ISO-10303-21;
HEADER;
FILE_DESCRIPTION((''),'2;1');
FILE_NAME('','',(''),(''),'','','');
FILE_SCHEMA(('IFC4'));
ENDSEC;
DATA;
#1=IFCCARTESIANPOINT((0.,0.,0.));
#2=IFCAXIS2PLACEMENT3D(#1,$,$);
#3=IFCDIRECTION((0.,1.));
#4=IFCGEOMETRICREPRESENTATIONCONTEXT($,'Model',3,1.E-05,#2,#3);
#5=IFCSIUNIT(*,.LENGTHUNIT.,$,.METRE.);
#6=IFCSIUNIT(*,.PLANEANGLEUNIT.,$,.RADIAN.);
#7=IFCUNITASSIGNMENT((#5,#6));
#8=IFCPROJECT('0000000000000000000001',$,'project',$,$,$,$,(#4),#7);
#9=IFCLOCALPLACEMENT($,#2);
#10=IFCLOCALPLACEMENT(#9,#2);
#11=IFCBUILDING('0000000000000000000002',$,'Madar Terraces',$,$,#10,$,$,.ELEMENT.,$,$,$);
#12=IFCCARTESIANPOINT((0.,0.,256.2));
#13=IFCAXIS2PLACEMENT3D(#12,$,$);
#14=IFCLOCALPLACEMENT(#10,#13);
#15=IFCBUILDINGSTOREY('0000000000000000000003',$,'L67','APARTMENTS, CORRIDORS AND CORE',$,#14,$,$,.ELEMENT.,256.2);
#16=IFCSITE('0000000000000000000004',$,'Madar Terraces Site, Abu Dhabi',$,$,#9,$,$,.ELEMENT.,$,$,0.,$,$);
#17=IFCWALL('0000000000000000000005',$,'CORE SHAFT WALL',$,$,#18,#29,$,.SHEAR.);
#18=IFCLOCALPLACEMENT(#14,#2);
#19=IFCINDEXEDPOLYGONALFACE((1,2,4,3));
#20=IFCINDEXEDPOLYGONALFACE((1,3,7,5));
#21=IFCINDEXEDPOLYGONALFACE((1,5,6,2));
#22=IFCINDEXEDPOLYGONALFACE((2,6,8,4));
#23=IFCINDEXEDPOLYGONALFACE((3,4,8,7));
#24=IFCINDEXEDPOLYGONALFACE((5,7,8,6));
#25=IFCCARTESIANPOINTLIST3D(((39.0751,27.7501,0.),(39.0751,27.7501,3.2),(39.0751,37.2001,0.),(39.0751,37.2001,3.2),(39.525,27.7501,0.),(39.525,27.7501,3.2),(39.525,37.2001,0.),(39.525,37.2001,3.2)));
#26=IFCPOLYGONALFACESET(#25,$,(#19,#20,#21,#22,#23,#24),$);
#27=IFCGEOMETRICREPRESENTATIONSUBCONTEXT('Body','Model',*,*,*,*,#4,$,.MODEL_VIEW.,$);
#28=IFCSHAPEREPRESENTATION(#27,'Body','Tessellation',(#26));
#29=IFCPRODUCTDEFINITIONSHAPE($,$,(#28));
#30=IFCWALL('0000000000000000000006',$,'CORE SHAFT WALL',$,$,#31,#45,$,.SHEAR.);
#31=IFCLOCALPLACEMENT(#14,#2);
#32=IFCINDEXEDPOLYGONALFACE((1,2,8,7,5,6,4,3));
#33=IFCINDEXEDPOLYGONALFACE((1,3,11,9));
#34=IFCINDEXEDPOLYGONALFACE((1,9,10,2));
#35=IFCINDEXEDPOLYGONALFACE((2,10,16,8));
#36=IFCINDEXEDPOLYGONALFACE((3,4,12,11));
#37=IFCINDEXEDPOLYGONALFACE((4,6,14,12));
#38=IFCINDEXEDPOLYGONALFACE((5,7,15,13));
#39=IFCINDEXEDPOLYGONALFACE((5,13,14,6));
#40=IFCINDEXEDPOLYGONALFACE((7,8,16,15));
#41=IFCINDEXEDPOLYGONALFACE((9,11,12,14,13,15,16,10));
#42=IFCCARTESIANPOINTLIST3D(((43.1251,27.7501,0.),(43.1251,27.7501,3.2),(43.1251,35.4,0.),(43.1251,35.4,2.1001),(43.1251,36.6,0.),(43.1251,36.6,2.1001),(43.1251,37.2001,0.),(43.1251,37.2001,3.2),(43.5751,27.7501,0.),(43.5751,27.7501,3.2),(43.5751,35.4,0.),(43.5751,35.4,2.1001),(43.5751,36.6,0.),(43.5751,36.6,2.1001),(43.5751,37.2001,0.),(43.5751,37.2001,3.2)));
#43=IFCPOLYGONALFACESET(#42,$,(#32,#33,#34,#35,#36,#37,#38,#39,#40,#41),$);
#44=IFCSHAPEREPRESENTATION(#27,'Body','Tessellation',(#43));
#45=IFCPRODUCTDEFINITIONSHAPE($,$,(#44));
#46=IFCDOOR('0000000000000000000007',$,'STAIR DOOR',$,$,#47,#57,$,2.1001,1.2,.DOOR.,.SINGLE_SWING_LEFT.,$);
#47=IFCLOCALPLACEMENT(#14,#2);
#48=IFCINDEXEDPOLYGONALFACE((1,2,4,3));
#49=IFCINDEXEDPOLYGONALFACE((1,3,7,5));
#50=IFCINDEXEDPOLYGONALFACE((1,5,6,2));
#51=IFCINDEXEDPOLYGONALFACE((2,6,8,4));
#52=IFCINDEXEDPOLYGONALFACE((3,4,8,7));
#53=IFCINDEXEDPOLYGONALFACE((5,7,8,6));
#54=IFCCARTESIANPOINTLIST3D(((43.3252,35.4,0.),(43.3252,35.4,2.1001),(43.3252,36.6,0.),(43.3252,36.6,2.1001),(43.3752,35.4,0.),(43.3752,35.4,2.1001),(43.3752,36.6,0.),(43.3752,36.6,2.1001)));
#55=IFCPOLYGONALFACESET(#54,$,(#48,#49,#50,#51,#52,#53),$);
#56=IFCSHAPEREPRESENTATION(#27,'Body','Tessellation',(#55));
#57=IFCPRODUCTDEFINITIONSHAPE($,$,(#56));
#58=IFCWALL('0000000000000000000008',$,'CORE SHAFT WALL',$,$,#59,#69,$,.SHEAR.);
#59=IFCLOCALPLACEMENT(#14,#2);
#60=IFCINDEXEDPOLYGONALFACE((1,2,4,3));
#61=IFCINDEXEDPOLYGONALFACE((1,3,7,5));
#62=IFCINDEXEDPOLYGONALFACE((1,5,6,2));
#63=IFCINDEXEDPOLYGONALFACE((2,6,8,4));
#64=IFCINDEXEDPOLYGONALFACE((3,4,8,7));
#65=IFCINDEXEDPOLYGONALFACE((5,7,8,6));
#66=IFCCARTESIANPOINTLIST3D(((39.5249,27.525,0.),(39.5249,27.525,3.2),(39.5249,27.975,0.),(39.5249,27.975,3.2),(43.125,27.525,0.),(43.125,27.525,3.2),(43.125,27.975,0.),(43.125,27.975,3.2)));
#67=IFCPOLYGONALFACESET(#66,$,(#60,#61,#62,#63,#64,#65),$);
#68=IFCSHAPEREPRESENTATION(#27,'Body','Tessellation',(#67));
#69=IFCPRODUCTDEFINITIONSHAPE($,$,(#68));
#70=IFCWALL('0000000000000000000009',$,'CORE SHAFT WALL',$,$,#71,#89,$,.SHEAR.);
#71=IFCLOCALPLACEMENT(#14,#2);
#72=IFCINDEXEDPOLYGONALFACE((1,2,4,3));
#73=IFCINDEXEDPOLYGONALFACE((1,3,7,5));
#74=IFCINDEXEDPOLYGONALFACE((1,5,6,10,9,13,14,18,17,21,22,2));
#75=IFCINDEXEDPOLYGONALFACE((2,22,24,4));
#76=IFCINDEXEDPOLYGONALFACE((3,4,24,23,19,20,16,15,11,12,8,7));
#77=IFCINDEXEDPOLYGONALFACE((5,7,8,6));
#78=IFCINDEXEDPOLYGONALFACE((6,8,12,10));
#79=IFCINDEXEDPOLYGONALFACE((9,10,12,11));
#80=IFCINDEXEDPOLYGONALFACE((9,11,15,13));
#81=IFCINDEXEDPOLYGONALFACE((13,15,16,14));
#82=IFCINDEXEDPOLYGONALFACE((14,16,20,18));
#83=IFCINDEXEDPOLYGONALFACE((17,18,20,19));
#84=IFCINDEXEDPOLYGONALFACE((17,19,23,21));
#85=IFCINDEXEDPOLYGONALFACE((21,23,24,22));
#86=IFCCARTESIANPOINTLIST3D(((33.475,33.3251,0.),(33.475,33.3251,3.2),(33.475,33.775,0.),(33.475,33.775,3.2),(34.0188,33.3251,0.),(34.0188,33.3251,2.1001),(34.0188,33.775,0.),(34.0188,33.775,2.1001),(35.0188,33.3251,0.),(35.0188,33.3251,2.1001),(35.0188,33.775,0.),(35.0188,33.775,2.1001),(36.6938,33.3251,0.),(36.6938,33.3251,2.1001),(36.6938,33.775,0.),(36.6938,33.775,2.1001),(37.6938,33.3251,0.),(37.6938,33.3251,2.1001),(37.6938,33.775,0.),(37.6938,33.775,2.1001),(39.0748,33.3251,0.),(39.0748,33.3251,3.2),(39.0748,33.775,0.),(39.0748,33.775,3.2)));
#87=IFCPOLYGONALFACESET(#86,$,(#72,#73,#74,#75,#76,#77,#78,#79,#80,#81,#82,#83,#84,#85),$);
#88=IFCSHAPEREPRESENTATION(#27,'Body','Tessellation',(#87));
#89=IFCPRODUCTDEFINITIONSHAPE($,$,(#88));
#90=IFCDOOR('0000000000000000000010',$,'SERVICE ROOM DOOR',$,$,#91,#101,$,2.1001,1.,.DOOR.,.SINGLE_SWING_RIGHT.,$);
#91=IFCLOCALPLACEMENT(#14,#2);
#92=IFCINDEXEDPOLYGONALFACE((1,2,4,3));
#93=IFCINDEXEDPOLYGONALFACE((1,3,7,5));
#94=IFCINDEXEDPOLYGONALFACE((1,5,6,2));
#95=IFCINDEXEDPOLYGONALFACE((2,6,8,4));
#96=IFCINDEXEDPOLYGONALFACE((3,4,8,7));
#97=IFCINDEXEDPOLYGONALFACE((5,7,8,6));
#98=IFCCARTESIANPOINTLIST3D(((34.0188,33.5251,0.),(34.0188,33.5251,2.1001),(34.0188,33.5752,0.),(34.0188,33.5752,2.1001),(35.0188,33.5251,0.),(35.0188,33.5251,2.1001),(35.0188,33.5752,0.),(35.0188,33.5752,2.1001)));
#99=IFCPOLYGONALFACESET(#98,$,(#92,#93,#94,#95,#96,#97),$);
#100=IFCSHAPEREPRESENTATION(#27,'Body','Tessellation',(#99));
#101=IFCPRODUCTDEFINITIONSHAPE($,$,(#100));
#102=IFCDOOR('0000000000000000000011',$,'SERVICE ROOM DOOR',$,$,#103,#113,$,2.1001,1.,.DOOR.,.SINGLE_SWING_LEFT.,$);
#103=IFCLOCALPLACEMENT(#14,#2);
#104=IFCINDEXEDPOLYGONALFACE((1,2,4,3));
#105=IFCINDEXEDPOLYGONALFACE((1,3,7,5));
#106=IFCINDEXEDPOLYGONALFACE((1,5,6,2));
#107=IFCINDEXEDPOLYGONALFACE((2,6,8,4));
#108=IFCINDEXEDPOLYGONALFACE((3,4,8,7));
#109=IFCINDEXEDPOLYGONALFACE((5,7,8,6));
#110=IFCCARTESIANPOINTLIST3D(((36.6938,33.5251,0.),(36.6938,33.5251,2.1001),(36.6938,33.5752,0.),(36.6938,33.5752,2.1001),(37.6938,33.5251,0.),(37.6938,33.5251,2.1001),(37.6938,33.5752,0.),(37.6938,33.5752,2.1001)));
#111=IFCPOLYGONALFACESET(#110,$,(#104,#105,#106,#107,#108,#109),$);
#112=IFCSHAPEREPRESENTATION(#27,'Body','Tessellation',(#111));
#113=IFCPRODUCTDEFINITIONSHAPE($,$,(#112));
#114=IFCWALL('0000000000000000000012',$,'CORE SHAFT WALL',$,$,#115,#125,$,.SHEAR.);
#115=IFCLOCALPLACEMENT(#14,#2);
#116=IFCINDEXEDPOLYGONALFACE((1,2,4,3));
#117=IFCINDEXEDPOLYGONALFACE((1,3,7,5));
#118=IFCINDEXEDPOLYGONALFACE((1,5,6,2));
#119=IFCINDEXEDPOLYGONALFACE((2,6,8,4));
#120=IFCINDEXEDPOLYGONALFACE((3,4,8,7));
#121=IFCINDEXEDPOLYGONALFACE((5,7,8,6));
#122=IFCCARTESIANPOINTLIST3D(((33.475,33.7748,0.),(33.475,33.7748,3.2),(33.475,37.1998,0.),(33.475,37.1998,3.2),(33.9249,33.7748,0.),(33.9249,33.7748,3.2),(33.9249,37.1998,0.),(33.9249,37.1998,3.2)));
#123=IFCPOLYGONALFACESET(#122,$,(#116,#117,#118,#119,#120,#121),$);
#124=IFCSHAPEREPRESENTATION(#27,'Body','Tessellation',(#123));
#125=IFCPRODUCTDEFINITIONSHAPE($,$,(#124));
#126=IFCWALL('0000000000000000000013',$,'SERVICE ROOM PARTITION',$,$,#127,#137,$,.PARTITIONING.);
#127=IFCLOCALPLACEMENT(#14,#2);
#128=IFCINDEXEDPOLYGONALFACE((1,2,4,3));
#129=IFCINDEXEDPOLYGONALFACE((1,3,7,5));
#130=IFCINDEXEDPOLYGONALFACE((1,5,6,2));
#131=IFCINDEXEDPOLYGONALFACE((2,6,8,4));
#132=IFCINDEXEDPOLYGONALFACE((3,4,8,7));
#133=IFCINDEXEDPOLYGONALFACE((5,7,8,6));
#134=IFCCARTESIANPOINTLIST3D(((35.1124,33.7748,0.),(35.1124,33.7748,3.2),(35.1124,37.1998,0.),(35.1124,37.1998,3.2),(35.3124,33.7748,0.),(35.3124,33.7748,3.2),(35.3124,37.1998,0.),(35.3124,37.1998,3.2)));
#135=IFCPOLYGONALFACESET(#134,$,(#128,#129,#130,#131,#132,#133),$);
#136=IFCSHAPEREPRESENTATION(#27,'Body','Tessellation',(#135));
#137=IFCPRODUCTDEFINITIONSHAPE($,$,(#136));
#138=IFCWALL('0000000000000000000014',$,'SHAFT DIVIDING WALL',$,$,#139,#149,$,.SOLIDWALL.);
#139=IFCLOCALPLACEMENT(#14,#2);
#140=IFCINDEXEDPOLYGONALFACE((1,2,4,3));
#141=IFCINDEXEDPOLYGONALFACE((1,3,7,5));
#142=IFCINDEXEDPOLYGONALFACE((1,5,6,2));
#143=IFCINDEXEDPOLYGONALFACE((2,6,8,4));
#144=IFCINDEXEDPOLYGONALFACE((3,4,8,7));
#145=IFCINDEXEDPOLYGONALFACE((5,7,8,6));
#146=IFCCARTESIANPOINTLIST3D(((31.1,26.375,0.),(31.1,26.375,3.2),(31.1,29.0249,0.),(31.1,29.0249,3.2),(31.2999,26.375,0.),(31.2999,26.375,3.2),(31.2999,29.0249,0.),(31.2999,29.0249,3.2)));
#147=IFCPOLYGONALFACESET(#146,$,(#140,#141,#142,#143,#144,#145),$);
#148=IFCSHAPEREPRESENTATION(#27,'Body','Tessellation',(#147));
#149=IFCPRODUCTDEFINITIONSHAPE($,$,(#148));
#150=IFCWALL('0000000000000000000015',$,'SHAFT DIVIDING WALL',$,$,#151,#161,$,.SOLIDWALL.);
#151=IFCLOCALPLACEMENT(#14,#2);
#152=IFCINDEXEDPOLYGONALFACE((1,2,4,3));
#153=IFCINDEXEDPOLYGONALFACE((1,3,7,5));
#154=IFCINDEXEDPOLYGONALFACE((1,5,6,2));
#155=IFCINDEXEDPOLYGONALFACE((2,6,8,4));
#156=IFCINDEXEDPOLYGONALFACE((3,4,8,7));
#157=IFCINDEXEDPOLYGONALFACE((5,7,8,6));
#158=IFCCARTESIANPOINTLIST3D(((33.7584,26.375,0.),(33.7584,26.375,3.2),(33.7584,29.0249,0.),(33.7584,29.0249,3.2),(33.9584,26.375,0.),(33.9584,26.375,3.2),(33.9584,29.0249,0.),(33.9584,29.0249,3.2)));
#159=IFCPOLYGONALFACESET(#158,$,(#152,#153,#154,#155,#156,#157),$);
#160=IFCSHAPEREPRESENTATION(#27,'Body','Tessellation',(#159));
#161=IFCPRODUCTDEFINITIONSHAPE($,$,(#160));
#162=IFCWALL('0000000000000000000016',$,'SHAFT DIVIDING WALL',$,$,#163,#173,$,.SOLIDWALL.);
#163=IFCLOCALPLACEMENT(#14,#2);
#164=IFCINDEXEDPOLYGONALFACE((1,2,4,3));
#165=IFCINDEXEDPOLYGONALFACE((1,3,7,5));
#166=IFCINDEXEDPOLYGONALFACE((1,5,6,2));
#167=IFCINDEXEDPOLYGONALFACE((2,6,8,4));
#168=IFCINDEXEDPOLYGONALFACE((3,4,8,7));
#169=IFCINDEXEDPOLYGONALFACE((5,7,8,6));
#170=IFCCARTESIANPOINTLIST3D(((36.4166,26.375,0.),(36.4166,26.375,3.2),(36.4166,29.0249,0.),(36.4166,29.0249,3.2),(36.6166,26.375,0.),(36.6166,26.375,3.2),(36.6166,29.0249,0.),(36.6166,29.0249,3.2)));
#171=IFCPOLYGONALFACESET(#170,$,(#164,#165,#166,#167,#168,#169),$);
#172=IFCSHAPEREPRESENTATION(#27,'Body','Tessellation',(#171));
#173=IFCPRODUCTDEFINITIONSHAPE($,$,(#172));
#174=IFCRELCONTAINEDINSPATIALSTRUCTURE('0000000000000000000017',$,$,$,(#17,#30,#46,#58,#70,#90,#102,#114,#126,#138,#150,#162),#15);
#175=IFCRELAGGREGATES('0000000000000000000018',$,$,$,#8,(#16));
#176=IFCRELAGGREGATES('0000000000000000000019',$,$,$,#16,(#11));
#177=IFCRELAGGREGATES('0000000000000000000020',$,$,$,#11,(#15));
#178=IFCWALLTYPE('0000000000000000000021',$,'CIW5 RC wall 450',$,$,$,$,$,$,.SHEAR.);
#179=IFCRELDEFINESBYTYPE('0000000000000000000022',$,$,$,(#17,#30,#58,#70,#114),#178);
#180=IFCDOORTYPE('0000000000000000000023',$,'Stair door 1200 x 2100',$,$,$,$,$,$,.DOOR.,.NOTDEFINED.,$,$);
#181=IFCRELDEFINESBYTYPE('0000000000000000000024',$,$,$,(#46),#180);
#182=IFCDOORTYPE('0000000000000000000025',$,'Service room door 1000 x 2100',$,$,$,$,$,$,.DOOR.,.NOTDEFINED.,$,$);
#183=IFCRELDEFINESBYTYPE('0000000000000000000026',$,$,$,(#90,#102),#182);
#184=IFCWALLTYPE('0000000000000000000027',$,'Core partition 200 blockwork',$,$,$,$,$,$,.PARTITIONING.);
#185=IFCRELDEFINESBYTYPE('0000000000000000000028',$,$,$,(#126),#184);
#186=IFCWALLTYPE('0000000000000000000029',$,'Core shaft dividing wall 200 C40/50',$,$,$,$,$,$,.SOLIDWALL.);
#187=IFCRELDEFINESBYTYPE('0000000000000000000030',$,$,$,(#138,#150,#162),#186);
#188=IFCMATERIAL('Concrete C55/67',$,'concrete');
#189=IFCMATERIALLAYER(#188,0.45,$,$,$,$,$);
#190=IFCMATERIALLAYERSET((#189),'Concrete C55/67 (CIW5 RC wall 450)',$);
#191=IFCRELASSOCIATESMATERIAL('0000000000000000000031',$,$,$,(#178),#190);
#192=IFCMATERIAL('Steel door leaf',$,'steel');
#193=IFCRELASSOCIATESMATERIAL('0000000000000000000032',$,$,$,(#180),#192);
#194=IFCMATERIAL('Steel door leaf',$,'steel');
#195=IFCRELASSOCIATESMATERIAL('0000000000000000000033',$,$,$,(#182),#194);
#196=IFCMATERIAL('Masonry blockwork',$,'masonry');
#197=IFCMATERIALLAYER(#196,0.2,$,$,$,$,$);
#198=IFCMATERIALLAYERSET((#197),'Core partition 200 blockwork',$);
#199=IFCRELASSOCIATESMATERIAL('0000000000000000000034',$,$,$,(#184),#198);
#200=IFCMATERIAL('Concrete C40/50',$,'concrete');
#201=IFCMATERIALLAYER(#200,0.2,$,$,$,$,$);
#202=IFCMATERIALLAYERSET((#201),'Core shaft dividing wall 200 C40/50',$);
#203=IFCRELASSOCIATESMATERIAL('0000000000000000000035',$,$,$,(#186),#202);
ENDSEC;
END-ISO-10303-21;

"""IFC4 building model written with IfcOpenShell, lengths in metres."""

from ifc_helpers import new_model, si_unit, direction, frame, frame_2d, origin, place, context, subcontext, project, spatial, rectangle, extrude, material, layer, layer_set, type_object, element, fill, save


model = new_model("IFC4")

# Units and contexts
model_context = context("Model", 3, precision=1e-05, world=origin(), true_north=direction((0.0, 1.0)))
body_context = subcontext(model_context, "Body", "Model", "MODEL_VIEW")
ifc_project = project(units=[si_unit("LENGTHUNIT", "METRE"), si_unit("PLANEANGLEUNIT", "RADIAN")], contexts=[model_context])

# Site, building, storey
site_placement = place(None, origin())
site = spatial("IfcSite", under=ifc_project, at=site_placement, Name="Madar Terraces Site, Abu Dhabi", CompositionType="ELEMENT", RefElevation=0.0)
building_placement = place(site_placement, origin())
building = spatial("IfcBuilding", under=site, at=building_placement, Name="Madar Terraces", CompositionType="ELEMENT")
storey_placement = place(building_placement, frame((0.0, 0.0, 256.2)))
storey = spatial("IfcBuildingStorey", under=building, at=storey_placement, Name="L67", Description="APARTMENTS, CORRIDORS AND CORE", CompositionType="ELEMENT", Elevation=256.2)

# Wall
ifc_material_1 = material(Name="Concrete C55/67", Category="concrete")
ifc_layer_1 = layer(ifc_material_1, 0.45)
ifc_layer_set_1 = layer_set([ifc_layer_1], Name="Concrete C55/67 (CIW5 RC wall 450)")
wall_type_1 = type_object("IfcWallType", Name="CIW5 RC wall 450", PredefinedType="SHEAR", material=ifc_layer_set_1)
wall_1_placement = place(storey_placement, frame((39.3, 27.75, 0.0), z_axis=(0.0, 0.0, 1.0), x_axis=(0.0, 1.0, 0.0)))
element("IfcWall", 1, at=wall_1_placement, inside=storey, type_object=wall_type_1, Name="CORE SHAFT WALL", PredefinedType="SHEAR", context=body_context, shape_type="SweptSolid", body=[
    extrude(rectangle(XDim=9.45, YDim=0.45, at=frame_2d((4.7251, 0.0))), origin(), (0.0, 0.0, 1.0), 3.2),
])

# Wall, opening, door
wall_2_placement = place(storey_placement, frame((43.3501, 27.75, 0.0), z_axis=(0.0, 0.0, 1.0), x_axis=(0.0, 1.0, 0.0)))
wall_2 = element("IfcWall", 2, at=wall_2_placement, inside=storey, type_object=wall_type_1, Name="CORE SHAFT WALL", PredefinedType="SHEAR", context=body_context, shape_type="SweptSolid", body=[
    extrude(rectangle(XDim=9.45, YDim=0.45, at=frame_2d((4.7251, 0.0))), origin(), (0.0, 0.0, 1.0), 3.2),
])
opening_1_placement = place(wall_2_placement, frame((7.6499, 0.0, 0.0)))
opening_1 = element("IfcOpeningElement", 3, at=opening_1_placement, cuts=wall_2, PredefinedType="OPENING", context=body_context, shape_type="SweptSolid", body=[
    extrude(rectangle(XDim=1.2, YDim=2.1001, at=frame_2d((0.6001, 1.05))), frame((0.0, 0.2349, 0.0), z_axis=(0.0, -1.0, 0.0), x_axis=(1.0, 0.0, 0.0)), (0.0, 0.0, 1.0), 0.47),
])
ifc_material_2 = material(Name="Steel door leaf", Category="steel")
door_type_1 = type_object("IfcDoorType", Name="Stair door 1200 x 2100", OperationType="NOTDEFINED", PredefinedType="DOOR", material=ifc_material_2)
door_1_placement = place(opening_1_placement, origin())
door_1 = element("IfcDoor", 4, at=door_1_placement, inside=storey, type_object=door_type_1, Name="STAIR DOOR", OperationType="SINGLE_SWING_LEFT", OverallHeight=2.1001, OverallWidth=1.2, PredefinedType="DOOR", context=body_context, shape_type="SweptSolid", body=[
    extrude(rectangle(XDim=1.2, YDim=2.1001, at=frame_2d((0.6001, 1.05))), frame((0.0, 0.0249, 0.0), z_axis=(0.0, -1.0, 0.0), x_axis=(1.0, 0.0, 0.0)), (0.0, 0.0, 1.0), 0.05),
])
fill(opening_1, door_1)

# Wall
wall_3_placement = place(storey_placement, frame((39.5249, 27.75, 0.0), z_axis=(0.0, 0.0, 1.0), x_axis=(1.0, 0.0, 0.0)))
element("IfcWall", 5, at=wall_3_placement, inside=storey, type_object=wall_type_1, Name="CORE SHAFT WALL", PredefinedType="SHEAR", context=body_context, shape_type="SweptSolid", body=[
    extrude(rectangle(XDim=3.6001, YDim=0.45, at=frame_2d((1.8, 0.0))), origin(), (0.0, 0.0, 1.0), 3.2),
])

# Wall, openings, doors
wall_4_placement = place(storey_placement, frame((33.4751, 33.55, 0.0), z_axis=(0.0, 0.0, 1.0), x_axis=(1.0, 0.0, 0.0)))
wall_4 = element("IfcWall", 6, at=wall_4_placement, inside=storey, type_object=wall_type_1, Name="CORE SHAFT WALL", PredefinedType="SHEAR", context=body_context, shape_type="SweptSolid", body=[
    extrude(rectangle(XDim=5.5999, YDim=0.45, at=frame_2d((2.7998, 0.0))), origin(), (0.0, 0.0, 1.0), 3.2),
])
opening_2_placement = place(wall_4_placement, frame((0.5437, 0.0, 0.0)))
opening_2 = element("IfcOpeningElement", 7, at=opening_2_placement, cuts=wall_4, PredefinedType="OPENING", context=body_context, shape_type="SweptSolid", body=[
    extrude(rectangle(XDim=1.0, YDim=2.1001, at=frame_2d((0.5, 1.05))), frame((0.0, 0.2349, 0.0), z_axis=(0.0, -1.0, 0.0), x_axis=(1.0, 0.0, 0.0)), (0.0, 0.0, 1.0), 0.47),
])
opening_3_placement = place(wall_4_placement, frame((3.2188, 0.0, 0.0)))
opening_3 = element("IfcOpeningElement", 8, at=opening_3_placement, cuts=wall_4, PredefinedType="OPENING", context=body_context, shape_type="SweptSolid", body=[
    extrude(rectangle(XDim=1.0, YDim=2.1001, at=frame_2d((0.5, 1.05))), frame((0.0, 0.2349, 0.0), z_axis=(0.0, -1.0, 0.0), x_axis=(1.0, 0.0, 0.0)), (0.0, 0.0, 1.0), 0.47),
])
ifc_material_3 = material(Name="Steel door leaf", Category="steel")
door_type_2 = type_object("IfcDoorType", Name="Service room door 1000 x 2100", OperationType="NOTDEFINED", PredefinedType="DOOR", material=ifc_material_3)
door_2_placement = place(opening_2_placement, frame((1.0, 0.0, 0.0), z_axis=(0.0, 0.0, 1.0), x_axis=(-1.0, 0.0, 0.0)))
door_2 = element("IfcDoor", 9, at=door_2_placement, inside=storey, type_object=door_type_2, Name="SERVICE ROOM DOOR", OperationType="SINGLE_SWING_RIGHT", OverallHeight=2.1001, OverallWidth=1.0, PredefinedType="DOOR", context=body_context, shape_type="SweptSolid", body=[
    extrude(rectangle(XDim=1.0, YDim=2.1001, at=frame_2d((0.5, 1.05))), frame((0.0, 0.0249, 0.0), z_axis=(0.0, -1.0, 0.0), x_axis=(1.0, 0.0, 0.0)), (0.0, 0.0, 1.0), 0.05),
])
fill(opening_2, door_2)
door_3_placement = place(opening_3_placement, frame((1.0, 0.0, 0.0), z_axis=(0.0, 0.0, 1.0), x_axis=(-1.0, 0.0, 0.0)))
door_3 = element("IfcDoor", 10, at=door_3_placement, inside=storey, type_object=door_type_2, Name="SERVICE ROOM DOOR", OperationType="SINGLE_SWING_LEFT", OverallHeight=2.1001, OverallWidth=1.0, PredefinedType="DOOR", context=body_context, shape_type="SweptSolid", body=[
    extrude(rectangle(XDim=1.0, YDim=2.1001, at=frame_2d((0.5, 1.05))), frame((0.0, 0.0249, 0.0), z_axis=(0.0, -1.0, 0.0), x_axis=(1.0, 0.0, 0.0)), (0.0, 0.0, 1.0), 0.05),
])
fill(opening_3, door_3)

# Walls
wall_5_placement = place(storey_placement, frame((33.7, 33.7749, 0.0), z_axis=(0.0, 0.0, 1.0), x_axis=(0.0, 1.0, 0.0)))
element("IfcWall", 11, at=wall_5_placement, inside=storey, type_object=wall_type_1, Name="CORE SHAFT WALL", PredefinedType="SHEAR", context=body_context, shape_type="SweptSolid", body=[
    extrude(rectangle(XDim=3.425, YDim=0.45, at=frame_2d((1.7124, 0.0))), origin(), (0.0, 0.0, 1.0), 3.2),
])
ifc_material_4 = material(Name="Masonry blockwork", Category="masonry")
ifc_layer_2 = layer(ifc_material_4, 0.2)
ifc_layer_set_2 = layer_set([ifc_layer_2], Name="Core partition 200 blockwork")
wall_type_2 = type_object("IfcWallType", Name="Core partition 200 blockwork", PredefinedType="PARTITIONING", material=ifc_layer_set_2)
wall_6_placement = place(storey_placement, frame((35.2124, 33.7749, 0.0), z_axis=(0.0, 0.0, 1.0), x_axis=(0.0, 1.0, 0.0)))
element("IfcWall", 12, at=wall_6_placement, inside=storey, type_object=wall_type_2, Name="SERVICE ROOM PARTITION", PredefinedType="PARTITIONING", context=body_context, shape_type="SweptSolid", body=[
    extrude(rectangle(XDim=3.425, YDim=0.2, at=frame_2d((1.7124, 0.0))), origin(), (0.0, 0.0, 1.0), 3.2),
])
ifc_material_5 = material(Name="Concrete C40/50", Category="concrete")
ifc_layer_3 = layer(ifc_material_5, 0.2)
ifc_layer_set_3 = layer_set([ifc_layer_3], Name="Core shaft dividing wall 200 C40/50")
wall_type_3 = type_object("IfcWallType", Name="Core shaft dividing wall 200 C40/50", PredefinedType="SOLIDWALL", material=ifc_layer_set_3)
for number, where, z_axis, x_axis, name in (
    (13, (31.2, 26.375, 0.0), (0.0, 0.0, 1.0), (0.0, 1.0, 0.0), "SHAFT DIVIDING WALL"),
    (14, (33.8584, 26.375, 0.0), (0.0, 0.0, 1.0), (0.0, 1.0, 0.0), "SHAFT DIVIDING WALL"),
    (15, (36.5166, 26.375, 0.0), (0.0, 0.0, 1.0), (0.0, 1.0, 0.0), "SHAFT DIVIDING WALL"),
):
    element("IfcWall", number, at=place(storey_placement, frame(where, z_axis=z_axis, x_axis=x_axis)), inside=storey, type_object=wall_type_3, Name=name, PredefinedType="SOLIDWALL", context=body_context, shape_type="SweptSolid", body=[
        extrude(rectangle(XDim=2.6499, YDim=0.2, at=frame_2d((1.325, 0.0))), origin(), (0.0, 0.0, 1.0), 3.2),
    ])

save(model, "model.ifc")
